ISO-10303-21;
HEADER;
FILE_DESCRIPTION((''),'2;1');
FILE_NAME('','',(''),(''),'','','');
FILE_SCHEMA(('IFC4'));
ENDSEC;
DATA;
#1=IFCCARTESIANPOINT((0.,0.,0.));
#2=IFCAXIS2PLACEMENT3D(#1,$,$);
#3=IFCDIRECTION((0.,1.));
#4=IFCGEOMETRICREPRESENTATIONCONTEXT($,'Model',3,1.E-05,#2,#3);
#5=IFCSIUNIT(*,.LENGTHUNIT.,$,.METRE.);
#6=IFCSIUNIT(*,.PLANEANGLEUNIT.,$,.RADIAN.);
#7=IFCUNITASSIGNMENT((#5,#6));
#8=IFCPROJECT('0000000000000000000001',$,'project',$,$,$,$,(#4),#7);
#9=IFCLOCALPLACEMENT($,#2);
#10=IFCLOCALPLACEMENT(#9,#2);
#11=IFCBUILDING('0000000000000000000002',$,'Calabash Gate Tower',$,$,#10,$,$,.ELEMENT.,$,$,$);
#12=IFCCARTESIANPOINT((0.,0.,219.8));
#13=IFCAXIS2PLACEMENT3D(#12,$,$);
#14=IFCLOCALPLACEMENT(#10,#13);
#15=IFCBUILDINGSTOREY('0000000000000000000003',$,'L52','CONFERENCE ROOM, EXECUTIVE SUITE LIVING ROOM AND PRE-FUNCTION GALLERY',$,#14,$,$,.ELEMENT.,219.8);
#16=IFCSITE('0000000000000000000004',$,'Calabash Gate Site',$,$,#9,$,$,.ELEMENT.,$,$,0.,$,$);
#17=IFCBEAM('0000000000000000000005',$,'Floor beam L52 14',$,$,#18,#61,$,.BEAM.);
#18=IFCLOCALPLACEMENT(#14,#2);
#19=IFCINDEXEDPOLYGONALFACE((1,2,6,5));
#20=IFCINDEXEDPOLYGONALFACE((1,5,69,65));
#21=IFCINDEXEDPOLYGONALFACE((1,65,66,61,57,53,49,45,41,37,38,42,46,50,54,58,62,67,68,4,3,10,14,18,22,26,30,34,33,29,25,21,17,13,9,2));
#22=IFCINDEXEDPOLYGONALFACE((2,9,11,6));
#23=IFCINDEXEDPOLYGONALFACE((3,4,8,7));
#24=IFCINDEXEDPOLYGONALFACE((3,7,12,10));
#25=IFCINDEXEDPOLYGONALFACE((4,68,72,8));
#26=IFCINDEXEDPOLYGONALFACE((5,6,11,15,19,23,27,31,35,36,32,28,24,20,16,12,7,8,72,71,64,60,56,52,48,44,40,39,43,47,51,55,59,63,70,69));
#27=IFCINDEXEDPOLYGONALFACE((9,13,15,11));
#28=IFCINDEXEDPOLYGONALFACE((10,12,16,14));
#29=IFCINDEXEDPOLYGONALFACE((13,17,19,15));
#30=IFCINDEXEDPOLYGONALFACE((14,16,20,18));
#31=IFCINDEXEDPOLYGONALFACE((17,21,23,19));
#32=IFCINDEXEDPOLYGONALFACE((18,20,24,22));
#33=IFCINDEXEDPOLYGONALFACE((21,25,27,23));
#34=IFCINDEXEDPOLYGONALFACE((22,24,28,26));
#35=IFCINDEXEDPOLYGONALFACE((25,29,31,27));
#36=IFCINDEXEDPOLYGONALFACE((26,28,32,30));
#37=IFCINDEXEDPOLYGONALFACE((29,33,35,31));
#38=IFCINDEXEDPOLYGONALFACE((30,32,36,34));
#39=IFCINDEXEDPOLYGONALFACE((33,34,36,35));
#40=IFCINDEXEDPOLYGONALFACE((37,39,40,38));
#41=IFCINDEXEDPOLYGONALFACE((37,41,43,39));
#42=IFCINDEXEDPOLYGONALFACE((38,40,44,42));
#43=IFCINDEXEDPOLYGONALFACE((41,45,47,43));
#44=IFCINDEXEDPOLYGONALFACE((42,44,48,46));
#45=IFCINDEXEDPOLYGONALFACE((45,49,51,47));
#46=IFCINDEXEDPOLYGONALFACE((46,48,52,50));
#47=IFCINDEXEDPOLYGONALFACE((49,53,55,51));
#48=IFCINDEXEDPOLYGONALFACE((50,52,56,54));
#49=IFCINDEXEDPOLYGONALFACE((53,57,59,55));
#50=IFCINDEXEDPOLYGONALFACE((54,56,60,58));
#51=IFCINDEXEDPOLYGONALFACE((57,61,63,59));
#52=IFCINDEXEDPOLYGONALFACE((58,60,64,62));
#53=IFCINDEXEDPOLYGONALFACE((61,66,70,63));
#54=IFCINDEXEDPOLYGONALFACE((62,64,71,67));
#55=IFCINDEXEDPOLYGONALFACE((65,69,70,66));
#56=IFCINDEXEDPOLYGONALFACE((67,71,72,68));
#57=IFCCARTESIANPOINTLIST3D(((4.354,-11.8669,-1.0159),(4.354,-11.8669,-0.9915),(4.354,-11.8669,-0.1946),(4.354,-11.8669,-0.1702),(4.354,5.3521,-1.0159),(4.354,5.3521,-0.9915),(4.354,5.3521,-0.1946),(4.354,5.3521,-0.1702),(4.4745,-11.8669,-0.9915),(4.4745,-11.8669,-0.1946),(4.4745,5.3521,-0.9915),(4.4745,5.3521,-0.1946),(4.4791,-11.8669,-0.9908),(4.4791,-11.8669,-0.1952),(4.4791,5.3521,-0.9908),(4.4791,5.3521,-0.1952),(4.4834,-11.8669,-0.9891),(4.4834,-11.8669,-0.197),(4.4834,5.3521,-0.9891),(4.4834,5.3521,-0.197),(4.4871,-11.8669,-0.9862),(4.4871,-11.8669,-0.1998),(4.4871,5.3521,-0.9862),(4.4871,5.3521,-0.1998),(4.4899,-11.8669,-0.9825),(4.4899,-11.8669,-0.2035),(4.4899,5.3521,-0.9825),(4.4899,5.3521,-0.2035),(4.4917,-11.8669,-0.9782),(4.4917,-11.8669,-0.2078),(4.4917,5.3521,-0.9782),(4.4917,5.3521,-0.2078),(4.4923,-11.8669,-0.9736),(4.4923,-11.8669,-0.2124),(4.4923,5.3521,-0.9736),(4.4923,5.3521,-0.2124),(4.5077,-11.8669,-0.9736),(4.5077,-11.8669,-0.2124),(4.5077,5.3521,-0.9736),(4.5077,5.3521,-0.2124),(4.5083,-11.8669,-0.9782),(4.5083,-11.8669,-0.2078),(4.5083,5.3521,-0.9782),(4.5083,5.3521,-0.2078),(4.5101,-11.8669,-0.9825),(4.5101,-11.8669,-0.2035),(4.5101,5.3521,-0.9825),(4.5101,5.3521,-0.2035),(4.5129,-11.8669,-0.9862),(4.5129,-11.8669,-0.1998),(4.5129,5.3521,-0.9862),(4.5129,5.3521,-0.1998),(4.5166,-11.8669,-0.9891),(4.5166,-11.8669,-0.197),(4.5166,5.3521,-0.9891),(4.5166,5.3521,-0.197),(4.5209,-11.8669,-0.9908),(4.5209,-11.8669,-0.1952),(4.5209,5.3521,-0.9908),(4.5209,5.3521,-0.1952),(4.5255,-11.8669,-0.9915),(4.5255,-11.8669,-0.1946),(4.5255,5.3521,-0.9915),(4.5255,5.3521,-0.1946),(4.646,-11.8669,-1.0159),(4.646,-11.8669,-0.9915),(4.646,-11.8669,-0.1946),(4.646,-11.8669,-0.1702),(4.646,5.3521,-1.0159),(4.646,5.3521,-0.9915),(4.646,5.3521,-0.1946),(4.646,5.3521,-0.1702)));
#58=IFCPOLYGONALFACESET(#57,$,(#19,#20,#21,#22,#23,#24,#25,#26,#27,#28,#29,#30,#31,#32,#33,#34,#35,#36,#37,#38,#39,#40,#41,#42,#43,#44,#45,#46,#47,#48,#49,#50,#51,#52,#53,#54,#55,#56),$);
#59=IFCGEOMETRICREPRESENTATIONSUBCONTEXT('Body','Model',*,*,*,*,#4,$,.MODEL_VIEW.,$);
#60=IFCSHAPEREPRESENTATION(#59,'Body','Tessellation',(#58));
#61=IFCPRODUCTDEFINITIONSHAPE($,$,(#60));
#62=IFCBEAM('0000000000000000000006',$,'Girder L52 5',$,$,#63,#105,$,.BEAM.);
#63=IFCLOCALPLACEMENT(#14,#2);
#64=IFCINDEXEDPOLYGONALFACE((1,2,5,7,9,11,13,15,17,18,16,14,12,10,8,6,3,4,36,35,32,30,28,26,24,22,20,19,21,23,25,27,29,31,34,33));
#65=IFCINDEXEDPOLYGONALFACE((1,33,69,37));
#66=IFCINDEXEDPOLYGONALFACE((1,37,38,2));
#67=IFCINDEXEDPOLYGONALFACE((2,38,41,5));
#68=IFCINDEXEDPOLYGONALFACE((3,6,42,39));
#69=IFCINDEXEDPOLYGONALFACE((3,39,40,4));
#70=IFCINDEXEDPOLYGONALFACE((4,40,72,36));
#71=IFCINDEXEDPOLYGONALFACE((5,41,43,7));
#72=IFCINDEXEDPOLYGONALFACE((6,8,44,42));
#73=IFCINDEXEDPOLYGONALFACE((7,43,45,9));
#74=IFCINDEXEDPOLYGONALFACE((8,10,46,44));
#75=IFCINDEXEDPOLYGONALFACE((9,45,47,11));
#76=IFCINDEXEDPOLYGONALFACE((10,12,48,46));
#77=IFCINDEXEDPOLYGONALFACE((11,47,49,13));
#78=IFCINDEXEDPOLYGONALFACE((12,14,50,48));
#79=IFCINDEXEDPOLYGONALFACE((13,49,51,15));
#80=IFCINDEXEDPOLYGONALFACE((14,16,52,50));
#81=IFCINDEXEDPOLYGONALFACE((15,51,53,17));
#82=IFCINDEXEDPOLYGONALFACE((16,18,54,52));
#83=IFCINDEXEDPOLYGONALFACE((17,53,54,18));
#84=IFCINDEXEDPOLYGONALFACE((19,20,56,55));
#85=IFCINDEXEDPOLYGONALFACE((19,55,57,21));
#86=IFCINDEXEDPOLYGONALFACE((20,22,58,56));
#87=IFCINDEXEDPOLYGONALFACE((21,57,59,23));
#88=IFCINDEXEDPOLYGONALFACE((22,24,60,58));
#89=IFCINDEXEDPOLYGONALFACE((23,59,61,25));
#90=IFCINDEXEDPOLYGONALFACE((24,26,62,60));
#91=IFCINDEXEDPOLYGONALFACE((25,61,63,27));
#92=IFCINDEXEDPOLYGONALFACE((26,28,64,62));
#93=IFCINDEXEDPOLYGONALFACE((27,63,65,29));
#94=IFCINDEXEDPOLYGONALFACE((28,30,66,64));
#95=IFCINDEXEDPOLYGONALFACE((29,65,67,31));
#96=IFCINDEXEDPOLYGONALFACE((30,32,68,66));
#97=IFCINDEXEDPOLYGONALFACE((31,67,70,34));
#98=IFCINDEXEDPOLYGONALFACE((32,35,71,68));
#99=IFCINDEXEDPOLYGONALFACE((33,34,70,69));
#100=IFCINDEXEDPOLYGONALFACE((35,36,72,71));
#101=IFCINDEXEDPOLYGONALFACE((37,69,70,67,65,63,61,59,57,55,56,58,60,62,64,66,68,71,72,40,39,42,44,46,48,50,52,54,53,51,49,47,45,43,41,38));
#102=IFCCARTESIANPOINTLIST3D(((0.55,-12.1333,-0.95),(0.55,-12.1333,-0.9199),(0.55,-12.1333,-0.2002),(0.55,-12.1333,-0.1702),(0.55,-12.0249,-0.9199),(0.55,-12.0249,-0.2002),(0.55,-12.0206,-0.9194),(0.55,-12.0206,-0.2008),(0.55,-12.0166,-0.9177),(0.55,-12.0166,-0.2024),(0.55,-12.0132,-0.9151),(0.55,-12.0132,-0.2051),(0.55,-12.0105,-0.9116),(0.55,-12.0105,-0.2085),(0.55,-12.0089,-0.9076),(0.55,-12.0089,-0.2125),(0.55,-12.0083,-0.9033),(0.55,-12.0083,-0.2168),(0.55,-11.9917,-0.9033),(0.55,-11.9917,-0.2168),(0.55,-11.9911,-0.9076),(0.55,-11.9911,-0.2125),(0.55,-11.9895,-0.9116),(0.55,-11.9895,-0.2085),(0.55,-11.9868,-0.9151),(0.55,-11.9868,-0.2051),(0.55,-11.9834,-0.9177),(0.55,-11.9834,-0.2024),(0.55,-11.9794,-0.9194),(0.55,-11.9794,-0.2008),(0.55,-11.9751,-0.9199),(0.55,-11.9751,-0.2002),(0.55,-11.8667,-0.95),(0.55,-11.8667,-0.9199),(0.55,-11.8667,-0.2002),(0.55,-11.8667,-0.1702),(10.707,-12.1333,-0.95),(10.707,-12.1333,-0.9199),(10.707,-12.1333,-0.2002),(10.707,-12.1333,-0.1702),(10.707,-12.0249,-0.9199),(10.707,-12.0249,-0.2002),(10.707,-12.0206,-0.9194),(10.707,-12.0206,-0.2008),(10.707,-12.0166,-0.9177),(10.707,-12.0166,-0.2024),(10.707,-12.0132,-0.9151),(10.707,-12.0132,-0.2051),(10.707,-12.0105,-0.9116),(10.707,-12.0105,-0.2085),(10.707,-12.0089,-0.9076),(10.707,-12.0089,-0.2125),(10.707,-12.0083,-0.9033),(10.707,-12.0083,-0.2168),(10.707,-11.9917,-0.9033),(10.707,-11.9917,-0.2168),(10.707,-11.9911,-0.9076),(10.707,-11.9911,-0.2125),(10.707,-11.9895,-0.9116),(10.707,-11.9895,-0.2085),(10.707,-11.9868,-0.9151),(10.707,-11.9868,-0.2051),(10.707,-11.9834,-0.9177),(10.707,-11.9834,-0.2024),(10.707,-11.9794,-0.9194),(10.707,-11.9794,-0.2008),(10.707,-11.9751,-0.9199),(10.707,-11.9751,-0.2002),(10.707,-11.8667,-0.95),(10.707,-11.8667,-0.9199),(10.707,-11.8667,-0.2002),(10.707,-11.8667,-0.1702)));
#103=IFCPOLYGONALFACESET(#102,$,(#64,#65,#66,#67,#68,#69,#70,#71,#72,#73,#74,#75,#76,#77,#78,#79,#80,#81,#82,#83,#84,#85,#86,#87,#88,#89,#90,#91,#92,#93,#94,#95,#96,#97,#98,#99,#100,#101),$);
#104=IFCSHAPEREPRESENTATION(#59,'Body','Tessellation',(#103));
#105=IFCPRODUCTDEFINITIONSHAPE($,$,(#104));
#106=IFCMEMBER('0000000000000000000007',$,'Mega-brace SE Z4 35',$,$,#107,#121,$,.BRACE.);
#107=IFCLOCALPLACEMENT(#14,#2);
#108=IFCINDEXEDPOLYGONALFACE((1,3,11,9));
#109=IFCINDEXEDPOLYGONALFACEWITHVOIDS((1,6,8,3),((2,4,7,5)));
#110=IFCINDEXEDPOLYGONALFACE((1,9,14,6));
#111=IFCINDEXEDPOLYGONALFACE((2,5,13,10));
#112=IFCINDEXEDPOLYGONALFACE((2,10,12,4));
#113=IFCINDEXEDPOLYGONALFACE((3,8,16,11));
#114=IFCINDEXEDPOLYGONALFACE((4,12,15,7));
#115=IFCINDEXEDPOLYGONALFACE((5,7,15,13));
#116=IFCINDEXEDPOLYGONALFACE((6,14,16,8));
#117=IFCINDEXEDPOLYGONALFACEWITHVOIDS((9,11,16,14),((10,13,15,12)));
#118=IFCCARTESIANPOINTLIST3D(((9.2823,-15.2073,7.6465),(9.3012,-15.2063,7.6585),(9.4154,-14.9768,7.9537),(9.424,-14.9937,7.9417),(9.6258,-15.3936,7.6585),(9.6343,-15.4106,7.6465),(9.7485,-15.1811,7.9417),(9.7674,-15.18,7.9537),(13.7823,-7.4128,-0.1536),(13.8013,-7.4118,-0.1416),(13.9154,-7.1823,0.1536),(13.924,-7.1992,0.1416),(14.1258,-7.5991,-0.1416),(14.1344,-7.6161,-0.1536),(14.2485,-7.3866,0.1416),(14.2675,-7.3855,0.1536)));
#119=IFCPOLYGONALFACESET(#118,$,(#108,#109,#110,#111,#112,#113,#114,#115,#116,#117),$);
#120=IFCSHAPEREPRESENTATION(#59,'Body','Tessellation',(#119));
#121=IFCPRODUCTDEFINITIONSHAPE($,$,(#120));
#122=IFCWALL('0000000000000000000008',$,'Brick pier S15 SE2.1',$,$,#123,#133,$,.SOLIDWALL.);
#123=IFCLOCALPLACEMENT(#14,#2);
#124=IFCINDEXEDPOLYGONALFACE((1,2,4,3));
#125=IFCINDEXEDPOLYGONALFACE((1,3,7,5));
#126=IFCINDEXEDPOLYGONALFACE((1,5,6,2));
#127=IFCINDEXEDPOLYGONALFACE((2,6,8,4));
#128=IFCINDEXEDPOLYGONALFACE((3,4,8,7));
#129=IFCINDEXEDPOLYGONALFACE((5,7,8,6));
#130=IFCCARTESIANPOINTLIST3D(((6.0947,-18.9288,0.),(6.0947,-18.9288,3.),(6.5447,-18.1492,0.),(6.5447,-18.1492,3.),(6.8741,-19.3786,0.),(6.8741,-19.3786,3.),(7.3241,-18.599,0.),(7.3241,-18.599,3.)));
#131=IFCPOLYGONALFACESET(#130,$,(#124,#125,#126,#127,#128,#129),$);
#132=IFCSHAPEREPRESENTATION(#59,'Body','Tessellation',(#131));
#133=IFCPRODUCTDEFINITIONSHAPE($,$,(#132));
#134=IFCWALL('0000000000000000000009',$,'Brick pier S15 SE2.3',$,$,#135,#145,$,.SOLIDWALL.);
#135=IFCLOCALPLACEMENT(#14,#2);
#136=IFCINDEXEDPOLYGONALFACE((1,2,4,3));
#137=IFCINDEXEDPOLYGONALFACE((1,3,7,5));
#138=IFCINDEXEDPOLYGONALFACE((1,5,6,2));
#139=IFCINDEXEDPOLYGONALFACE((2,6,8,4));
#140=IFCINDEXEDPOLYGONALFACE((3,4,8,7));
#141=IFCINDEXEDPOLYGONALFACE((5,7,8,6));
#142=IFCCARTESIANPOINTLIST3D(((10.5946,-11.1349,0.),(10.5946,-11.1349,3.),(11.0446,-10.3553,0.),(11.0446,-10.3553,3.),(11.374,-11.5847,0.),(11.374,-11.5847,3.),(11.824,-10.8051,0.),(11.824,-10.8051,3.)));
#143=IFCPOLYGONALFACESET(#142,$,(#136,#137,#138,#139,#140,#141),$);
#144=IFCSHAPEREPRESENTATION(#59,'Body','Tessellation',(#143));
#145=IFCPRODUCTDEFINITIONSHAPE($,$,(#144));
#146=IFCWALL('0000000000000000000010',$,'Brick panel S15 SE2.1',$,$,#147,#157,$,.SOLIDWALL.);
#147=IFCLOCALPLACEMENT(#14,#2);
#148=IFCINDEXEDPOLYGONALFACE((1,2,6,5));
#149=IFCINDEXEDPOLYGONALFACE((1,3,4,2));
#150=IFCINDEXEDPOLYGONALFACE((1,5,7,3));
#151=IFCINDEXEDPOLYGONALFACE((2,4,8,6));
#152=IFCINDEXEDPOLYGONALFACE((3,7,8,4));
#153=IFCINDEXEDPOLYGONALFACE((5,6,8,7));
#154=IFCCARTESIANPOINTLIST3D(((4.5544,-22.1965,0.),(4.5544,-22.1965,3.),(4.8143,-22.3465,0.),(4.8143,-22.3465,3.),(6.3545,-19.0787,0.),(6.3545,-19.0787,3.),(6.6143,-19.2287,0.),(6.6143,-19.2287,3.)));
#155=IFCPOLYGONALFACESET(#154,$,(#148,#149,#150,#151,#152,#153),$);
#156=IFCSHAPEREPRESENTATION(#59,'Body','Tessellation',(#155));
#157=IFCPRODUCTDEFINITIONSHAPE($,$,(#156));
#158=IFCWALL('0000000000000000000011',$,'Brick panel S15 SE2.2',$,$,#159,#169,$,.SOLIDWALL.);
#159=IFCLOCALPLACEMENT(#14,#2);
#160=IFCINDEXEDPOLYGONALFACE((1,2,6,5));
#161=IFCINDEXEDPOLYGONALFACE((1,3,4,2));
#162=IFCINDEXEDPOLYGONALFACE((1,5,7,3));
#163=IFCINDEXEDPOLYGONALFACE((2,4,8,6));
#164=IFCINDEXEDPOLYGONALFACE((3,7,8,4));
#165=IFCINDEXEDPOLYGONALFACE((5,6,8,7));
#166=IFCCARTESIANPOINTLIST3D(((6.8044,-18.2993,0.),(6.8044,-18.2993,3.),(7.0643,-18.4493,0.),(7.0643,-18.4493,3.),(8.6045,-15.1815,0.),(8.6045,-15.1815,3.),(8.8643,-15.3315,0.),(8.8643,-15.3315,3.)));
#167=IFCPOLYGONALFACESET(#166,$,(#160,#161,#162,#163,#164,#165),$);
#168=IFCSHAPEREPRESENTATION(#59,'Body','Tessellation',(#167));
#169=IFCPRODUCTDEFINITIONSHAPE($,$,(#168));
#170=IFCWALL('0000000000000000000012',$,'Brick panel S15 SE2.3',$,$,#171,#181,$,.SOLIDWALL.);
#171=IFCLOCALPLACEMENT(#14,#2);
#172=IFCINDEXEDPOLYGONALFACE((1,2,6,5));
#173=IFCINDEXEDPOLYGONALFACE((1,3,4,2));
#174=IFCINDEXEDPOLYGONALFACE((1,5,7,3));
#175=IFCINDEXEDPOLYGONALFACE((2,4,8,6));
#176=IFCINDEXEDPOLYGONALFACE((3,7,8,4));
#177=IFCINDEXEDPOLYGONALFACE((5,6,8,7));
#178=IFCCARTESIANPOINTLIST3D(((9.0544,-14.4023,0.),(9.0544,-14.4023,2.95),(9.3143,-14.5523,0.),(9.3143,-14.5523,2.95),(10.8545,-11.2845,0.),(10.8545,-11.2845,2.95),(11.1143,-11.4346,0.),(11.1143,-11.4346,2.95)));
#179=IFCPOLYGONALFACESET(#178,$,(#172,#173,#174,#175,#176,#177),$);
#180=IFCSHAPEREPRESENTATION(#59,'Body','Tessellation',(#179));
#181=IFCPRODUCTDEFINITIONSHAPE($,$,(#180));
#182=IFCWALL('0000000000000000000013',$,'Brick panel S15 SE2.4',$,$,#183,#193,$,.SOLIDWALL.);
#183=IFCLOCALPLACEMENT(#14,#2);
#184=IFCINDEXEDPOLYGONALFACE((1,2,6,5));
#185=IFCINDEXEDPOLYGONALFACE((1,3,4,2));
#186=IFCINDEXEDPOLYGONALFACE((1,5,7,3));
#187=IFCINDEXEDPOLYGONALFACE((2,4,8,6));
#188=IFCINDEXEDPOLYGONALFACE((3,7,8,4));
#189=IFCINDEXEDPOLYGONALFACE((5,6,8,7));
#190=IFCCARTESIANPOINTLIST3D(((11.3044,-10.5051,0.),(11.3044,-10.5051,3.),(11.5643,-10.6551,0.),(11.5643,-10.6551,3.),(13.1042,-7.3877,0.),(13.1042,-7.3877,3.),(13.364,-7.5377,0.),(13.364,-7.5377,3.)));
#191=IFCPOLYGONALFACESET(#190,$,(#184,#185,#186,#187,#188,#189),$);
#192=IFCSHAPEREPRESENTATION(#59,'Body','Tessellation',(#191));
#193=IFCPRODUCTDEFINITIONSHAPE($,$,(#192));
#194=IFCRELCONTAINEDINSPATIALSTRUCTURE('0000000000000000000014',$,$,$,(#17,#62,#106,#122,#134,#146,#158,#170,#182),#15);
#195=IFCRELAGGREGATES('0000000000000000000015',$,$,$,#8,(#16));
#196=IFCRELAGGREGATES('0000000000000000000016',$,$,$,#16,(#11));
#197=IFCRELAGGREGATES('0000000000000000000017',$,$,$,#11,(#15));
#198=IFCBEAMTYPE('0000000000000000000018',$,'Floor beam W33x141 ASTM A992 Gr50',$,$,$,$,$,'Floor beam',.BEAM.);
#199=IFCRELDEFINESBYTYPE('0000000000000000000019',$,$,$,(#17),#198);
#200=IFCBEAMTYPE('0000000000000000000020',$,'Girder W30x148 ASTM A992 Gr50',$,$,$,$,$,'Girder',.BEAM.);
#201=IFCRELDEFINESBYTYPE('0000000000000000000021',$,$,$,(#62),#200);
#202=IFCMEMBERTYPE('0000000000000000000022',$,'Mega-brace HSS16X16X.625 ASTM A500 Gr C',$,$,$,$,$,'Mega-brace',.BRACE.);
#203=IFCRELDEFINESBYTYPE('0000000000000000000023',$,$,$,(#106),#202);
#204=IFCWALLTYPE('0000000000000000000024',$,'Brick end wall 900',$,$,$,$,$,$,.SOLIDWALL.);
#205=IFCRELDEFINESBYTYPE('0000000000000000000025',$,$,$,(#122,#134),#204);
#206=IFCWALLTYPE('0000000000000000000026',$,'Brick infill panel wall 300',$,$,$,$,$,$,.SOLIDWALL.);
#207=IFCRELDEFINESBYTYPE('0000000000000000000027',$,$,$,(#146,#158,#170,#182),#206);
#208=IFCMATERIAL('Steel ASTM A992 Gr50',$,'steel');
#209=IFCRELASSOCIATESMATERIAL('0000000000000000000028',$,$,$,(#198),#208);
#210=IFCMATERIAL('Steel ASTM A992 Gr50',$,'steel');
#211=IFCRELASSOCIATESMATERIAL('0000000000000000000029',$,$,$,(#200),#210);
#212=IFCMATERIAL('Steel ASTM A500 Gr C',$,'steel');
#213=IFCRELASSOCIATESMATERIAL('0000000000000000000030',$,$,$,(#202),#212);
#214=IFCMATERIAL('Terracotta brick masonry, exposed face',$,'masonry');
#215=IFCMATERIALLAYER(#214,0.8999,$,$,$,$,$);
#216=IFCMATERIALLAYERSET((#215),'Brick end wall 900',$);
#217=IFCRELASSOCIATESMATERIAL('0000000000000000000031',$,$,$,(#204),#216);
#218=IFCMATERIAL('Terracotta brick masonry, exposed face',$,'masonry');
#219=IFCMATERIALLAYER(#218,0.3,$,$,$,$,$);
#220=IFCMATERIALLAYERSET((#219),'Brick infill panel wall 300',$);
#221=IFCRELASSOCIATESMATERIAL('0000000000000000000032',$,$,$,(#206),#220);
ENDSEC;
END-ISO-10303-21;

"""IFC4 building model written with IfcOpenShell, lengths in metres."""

from ifc_helpers import new_model, si_unit, direction, frame, frame_2d, origin, origin_2d, place, context, subcontext, project, spatial, rectangle, hollow_rectangle, i_section, extrude, material, layer, layer_set, material_profile, profile_set, type_object, element, save


model = new_model("IFC4")

# Units and contexts
model_context = context("Model", 3, precision=1e-05, world=origin(), true_north=direction((0.0, 1.0)))
body_context = subcontext(model_context, "Body", "Model", "MODEL_VIEW")
ifc_project = project(units=[si_unit("LENGTHUNIT", "METRE"), si_unit("PLANEANGLEUNIT", "RADIAN")], contexts=[model_context])

# Site, building, storey
site_placement = place(None, origin())
site = spatial("IfcSite", under=ifc_project, at=site_placement, Name="Calabash Gate Site", CompositionType="ELEMENT", RefElevation=0.0)
building_placement = place(site_placement, origin())
building = spatial("IfcBuilding", under=site, at=building_placement, Name="Calabash Gate Tower", CompositionType="ELEMENT")
storey_placement = place(building_placement, frame((0.0, 0.0, 219.8)))
storey = spatial("IfcBuildingStorey", under=building, at=storey_placement, Name="L52", Description="CONFERENCE ROOM, EXECUTIVE SUITE LIVING ROOM AND PRE-FUNCTION GALLERY", CompositionType="ELEMENT", Elevation=219.8)

# Beams
ifc_material_1 = material(Name="Steel ASTM A992 Gr50", Category="steel")
ifc_material_profile_1 = material_profile(ifc_material_1, i_section(OverallWidth=0.292, OverallDepth=0.8457, WebThickness=0.0154, FlangeThickness=0.0244, FilletRadius=0.0178, at=origin_2d()))
ifc_profile_set_1 = profile_set([ifc_material_profile_1], Name="Steel ASTM A992 Gr50")
beam_type_1 = type_object("IfcBeamType", Name="Floor beam W33x141 ASTM A992 Gr50", ElementType="Floor beam", PredefinedType="BEAM", material=ifc_profile_set_1)
beam_1_placement = place(storey_placement, frame((4.5, -11.8669, -0.593), z_axis=(0.0, 1.0, 0.0), x_axis=(-1.0, 0.0, 0.0)))
element("IfcBeam", 1, at=beam_1_placement, inside=storey, type_object=beam_type_1, Name="Floor beam L52 14", PredefinedType="BEAM", context=body_context, shape_type="SweptSolid", body=[
    extrude(i_section(OverallWidth=0.292, OverallDepth=0.8457, WebThickness=0.0154, FlangeThickness=0.0244, FilletRadius=0.0178, at=origin_2d()), origin(), (0.0, 0.0, 1.0), 17.219),
])
ifc_material_2 = material(Name="Steel ASTM A992 Gr50", Category="steel")
ifc_material_profile_2 = material_profile(ifc_material_2, i_section(OverallWidth=0.2666, OverallDepth=0.7798, WebThickness=0.0166, FlangeThickness=0.03, FilletRadius=0.0166, at=origin_2d()))
ifc_profile_set_2 = profile_set([ifc_material_profile_2], Name="Steel ASTM A992 Gr50")
beam_type_2 = type_object("IfcBeamType", Name="Girder W30x148 ASTM A992 Gr50", ElementType="Girder", PredefinedType="BEAM", material=ifc_profile_set_2)
beam_2_placement = place(storey_placement, frame((0.55, -12.0, -0.5601), z_axis=(1.0, 0.0, 0.0), x_axis=(0.0, 1.0, 0.0)))
element("IfcBeam", 2, at=beam_2_placement, inside=storey, type_object=beam_type_2, Name="Girder L52 5", PredefinedType="BEAM", context=body_context, shape_type="SweptSolid", body=[
    extrude(i_section(OverallWidth=0.2666, OverallDepth=0.7798, WebThickness=0.0166, FlangeThickness=0.03, FilletRadius=0.0166, at=origin_2d()), origin(), (0.0, 0.0, 1.0), 10.157),
])

# Member
ifc_material_3 = material(Name="Steel ASTM A500 Gr C", Category="steel")
ifc_material_profile_3 = material_profile(ifc_material_3, hollow_rectangle(XDim=0.4065, YDim=0.4065, WallThickness=0.0159, at=origin_2d()))
ifc_profile_set_3 = profile_set([ifc_material_profile_3], Name="Steel ASTM A500 Gr C")
member_type = type_object("IfcMemberType", Name="Mega-brace HSS16X16X.625 ASTM A500 Gr C", ElementType="Mega-brace", PredefinedType="BRACE", material=ifc_profile_set_3)
member_placement = place(storey_placement, frame((14.0249, -7.3992, 0.0), z_axis=(-0.377839, -0.654454, 0.654926), x_axis=(0.866031, -0.49999, 0.0)))
element("IfcMember", 3, at=member_placement, inside=storey, type_object=member_type, Name="Mega-brace SE Z4 35", PredefinedType="BRACE", context=body_context, shape_type="SweptSolid", body=[
    extrude(hollow_rectangle(XDim=0.4065, YDim=0.4065, WallThickness=0.0159, at=origin_2d()), origin(), (0.0, 0.0, 1.0), 11.9099),
])

# Walls
ifc_material_4 = material(Name="Terracotta brick masonry, exposed face", Category="masonry")
ifc_layer_1 = layer(ifc_material_4, 0.8999)
ifc_layer_set_1 = layer_set([ifc_layer_1], Name="Brick end wall 900")
wall_type_1 = type_object("IfcWallType", Name="Brick end wall 900", PredefinedType="SOLIDWALL", material=ifc_layer_set_1)
for number, where, z_axis, x_axis, name in (
    (4, (6.4844, -19.1538, 0.0), (0.0, 0.0, 1.0), (0.499902, 0.866082, 0.0), "Brick pier S15 SE2.1"),
    (5, (11.4343, -10.5801, 0.0), (0.0, 0.0, 1.0), (-0.499902, -0.866082, 0.0), "Brick pier S15 SE2.3"),
):
    element("IfcWall", number, at=place(storey_placement, frame(where, z_axis=z_axis, x_axis=x_axis)), inside=storey, type_object=wall_type_1, Name=name, PredefinedType="SOLIDWALL", context=body_context, shape_type="SweptSolid", body=[
        extrude(rectangle(XDim=0.9001, YDim=0.8999, at=frame_2d((0.4502, 0.0))), origin(), (0.0, 0.0, 1.0), 3.0),
    ])
ifc_material_5 = material(Name="Terracotta brick masonry, exposed face", Category="masonry")
ifc_layer_2 = layer(ifc_material_5, 0.3)
ifc_layer_set_2 = layer_set([ifc_layer_2], Name="Brick infill panel wall 300")
wall_type_2 = type_object("IfcWallType", Name="Brick infill panel wall 300", PredefinedType="SOLIDWALL", material=ifc_layer_set_2)
for number, where, z_axis, x_axis, name in (
    (6, (4.6843, -22.2715, 0.0), (0.0, 0.0, 1.0), (0.500012, 0.866018, 0.0), "Brick panel S15 SE2.1"),
    (7, (6.9343, -18.3743, 0.0), (0.0, 0.0, 1.0), (0.500012, 0.866018, 0.0), "Brick panel S15 SE2.2"),
):
    element("IfcWall", number, at=place(storey_placement, frame(where, z_axis=z_axis, x_axis=x_axis)), inside=storey, type_object=wall_type_2, Name=name, PredefinedType="SOLIDWALL", context=body_context, shape_type="SweptSolid", body=[
        extrude(rectangle(XDim=3.6001, YDim=0.3, at=frame_2d((1.8, 0.0))), origin(), (0.0, 0.0, 1.0), 3.0),
    ])
wall_1_placement = place(storey_placement, frame((9.1843, -14.4773, 0.0), z_axis=(0.0, 0.0, 1.0), x_axis=(0.500012, 0.866018, 0.0)))
element("IfcWall", 8, at=wall_1_placement, inside=storey, type_object=wall_type_2, Name="Brick panel S15 SE2.3", PredefinedType="SOLIDWALL", context=body_context, shape_type="SweptSolid", body=[
    extrude(rectangle(XDim=3.6001, YDim=0.3, at=frame_2d((1.8, 0.0))), origin(), (0.0, 0.0, 1.0), 2.95),
])
wall_2_placement = place(storey_placement, frame((11.4343, -10.5801, 0.0), z_axis=(0.0, 0.0, 1.0), x_axis=(0.499991, 0.866031, 0.0)))
element("IfcWall", 9, at=wall_2_placement, inside=storey, type_object=wall_type_2, Name="Brick panel S15 SE2.4", PredefinedType="SOLIDWALL", context=body_context, shape_type="SweptSolid", body=[
    extrude(rectangle(XDim=3.5996, YDim=0.3, at=frame_2d((1.7998, 0.0))), origin(), (0.0, 0.0, 1.0), 3.0),
])

save(model, "model.ifc")
